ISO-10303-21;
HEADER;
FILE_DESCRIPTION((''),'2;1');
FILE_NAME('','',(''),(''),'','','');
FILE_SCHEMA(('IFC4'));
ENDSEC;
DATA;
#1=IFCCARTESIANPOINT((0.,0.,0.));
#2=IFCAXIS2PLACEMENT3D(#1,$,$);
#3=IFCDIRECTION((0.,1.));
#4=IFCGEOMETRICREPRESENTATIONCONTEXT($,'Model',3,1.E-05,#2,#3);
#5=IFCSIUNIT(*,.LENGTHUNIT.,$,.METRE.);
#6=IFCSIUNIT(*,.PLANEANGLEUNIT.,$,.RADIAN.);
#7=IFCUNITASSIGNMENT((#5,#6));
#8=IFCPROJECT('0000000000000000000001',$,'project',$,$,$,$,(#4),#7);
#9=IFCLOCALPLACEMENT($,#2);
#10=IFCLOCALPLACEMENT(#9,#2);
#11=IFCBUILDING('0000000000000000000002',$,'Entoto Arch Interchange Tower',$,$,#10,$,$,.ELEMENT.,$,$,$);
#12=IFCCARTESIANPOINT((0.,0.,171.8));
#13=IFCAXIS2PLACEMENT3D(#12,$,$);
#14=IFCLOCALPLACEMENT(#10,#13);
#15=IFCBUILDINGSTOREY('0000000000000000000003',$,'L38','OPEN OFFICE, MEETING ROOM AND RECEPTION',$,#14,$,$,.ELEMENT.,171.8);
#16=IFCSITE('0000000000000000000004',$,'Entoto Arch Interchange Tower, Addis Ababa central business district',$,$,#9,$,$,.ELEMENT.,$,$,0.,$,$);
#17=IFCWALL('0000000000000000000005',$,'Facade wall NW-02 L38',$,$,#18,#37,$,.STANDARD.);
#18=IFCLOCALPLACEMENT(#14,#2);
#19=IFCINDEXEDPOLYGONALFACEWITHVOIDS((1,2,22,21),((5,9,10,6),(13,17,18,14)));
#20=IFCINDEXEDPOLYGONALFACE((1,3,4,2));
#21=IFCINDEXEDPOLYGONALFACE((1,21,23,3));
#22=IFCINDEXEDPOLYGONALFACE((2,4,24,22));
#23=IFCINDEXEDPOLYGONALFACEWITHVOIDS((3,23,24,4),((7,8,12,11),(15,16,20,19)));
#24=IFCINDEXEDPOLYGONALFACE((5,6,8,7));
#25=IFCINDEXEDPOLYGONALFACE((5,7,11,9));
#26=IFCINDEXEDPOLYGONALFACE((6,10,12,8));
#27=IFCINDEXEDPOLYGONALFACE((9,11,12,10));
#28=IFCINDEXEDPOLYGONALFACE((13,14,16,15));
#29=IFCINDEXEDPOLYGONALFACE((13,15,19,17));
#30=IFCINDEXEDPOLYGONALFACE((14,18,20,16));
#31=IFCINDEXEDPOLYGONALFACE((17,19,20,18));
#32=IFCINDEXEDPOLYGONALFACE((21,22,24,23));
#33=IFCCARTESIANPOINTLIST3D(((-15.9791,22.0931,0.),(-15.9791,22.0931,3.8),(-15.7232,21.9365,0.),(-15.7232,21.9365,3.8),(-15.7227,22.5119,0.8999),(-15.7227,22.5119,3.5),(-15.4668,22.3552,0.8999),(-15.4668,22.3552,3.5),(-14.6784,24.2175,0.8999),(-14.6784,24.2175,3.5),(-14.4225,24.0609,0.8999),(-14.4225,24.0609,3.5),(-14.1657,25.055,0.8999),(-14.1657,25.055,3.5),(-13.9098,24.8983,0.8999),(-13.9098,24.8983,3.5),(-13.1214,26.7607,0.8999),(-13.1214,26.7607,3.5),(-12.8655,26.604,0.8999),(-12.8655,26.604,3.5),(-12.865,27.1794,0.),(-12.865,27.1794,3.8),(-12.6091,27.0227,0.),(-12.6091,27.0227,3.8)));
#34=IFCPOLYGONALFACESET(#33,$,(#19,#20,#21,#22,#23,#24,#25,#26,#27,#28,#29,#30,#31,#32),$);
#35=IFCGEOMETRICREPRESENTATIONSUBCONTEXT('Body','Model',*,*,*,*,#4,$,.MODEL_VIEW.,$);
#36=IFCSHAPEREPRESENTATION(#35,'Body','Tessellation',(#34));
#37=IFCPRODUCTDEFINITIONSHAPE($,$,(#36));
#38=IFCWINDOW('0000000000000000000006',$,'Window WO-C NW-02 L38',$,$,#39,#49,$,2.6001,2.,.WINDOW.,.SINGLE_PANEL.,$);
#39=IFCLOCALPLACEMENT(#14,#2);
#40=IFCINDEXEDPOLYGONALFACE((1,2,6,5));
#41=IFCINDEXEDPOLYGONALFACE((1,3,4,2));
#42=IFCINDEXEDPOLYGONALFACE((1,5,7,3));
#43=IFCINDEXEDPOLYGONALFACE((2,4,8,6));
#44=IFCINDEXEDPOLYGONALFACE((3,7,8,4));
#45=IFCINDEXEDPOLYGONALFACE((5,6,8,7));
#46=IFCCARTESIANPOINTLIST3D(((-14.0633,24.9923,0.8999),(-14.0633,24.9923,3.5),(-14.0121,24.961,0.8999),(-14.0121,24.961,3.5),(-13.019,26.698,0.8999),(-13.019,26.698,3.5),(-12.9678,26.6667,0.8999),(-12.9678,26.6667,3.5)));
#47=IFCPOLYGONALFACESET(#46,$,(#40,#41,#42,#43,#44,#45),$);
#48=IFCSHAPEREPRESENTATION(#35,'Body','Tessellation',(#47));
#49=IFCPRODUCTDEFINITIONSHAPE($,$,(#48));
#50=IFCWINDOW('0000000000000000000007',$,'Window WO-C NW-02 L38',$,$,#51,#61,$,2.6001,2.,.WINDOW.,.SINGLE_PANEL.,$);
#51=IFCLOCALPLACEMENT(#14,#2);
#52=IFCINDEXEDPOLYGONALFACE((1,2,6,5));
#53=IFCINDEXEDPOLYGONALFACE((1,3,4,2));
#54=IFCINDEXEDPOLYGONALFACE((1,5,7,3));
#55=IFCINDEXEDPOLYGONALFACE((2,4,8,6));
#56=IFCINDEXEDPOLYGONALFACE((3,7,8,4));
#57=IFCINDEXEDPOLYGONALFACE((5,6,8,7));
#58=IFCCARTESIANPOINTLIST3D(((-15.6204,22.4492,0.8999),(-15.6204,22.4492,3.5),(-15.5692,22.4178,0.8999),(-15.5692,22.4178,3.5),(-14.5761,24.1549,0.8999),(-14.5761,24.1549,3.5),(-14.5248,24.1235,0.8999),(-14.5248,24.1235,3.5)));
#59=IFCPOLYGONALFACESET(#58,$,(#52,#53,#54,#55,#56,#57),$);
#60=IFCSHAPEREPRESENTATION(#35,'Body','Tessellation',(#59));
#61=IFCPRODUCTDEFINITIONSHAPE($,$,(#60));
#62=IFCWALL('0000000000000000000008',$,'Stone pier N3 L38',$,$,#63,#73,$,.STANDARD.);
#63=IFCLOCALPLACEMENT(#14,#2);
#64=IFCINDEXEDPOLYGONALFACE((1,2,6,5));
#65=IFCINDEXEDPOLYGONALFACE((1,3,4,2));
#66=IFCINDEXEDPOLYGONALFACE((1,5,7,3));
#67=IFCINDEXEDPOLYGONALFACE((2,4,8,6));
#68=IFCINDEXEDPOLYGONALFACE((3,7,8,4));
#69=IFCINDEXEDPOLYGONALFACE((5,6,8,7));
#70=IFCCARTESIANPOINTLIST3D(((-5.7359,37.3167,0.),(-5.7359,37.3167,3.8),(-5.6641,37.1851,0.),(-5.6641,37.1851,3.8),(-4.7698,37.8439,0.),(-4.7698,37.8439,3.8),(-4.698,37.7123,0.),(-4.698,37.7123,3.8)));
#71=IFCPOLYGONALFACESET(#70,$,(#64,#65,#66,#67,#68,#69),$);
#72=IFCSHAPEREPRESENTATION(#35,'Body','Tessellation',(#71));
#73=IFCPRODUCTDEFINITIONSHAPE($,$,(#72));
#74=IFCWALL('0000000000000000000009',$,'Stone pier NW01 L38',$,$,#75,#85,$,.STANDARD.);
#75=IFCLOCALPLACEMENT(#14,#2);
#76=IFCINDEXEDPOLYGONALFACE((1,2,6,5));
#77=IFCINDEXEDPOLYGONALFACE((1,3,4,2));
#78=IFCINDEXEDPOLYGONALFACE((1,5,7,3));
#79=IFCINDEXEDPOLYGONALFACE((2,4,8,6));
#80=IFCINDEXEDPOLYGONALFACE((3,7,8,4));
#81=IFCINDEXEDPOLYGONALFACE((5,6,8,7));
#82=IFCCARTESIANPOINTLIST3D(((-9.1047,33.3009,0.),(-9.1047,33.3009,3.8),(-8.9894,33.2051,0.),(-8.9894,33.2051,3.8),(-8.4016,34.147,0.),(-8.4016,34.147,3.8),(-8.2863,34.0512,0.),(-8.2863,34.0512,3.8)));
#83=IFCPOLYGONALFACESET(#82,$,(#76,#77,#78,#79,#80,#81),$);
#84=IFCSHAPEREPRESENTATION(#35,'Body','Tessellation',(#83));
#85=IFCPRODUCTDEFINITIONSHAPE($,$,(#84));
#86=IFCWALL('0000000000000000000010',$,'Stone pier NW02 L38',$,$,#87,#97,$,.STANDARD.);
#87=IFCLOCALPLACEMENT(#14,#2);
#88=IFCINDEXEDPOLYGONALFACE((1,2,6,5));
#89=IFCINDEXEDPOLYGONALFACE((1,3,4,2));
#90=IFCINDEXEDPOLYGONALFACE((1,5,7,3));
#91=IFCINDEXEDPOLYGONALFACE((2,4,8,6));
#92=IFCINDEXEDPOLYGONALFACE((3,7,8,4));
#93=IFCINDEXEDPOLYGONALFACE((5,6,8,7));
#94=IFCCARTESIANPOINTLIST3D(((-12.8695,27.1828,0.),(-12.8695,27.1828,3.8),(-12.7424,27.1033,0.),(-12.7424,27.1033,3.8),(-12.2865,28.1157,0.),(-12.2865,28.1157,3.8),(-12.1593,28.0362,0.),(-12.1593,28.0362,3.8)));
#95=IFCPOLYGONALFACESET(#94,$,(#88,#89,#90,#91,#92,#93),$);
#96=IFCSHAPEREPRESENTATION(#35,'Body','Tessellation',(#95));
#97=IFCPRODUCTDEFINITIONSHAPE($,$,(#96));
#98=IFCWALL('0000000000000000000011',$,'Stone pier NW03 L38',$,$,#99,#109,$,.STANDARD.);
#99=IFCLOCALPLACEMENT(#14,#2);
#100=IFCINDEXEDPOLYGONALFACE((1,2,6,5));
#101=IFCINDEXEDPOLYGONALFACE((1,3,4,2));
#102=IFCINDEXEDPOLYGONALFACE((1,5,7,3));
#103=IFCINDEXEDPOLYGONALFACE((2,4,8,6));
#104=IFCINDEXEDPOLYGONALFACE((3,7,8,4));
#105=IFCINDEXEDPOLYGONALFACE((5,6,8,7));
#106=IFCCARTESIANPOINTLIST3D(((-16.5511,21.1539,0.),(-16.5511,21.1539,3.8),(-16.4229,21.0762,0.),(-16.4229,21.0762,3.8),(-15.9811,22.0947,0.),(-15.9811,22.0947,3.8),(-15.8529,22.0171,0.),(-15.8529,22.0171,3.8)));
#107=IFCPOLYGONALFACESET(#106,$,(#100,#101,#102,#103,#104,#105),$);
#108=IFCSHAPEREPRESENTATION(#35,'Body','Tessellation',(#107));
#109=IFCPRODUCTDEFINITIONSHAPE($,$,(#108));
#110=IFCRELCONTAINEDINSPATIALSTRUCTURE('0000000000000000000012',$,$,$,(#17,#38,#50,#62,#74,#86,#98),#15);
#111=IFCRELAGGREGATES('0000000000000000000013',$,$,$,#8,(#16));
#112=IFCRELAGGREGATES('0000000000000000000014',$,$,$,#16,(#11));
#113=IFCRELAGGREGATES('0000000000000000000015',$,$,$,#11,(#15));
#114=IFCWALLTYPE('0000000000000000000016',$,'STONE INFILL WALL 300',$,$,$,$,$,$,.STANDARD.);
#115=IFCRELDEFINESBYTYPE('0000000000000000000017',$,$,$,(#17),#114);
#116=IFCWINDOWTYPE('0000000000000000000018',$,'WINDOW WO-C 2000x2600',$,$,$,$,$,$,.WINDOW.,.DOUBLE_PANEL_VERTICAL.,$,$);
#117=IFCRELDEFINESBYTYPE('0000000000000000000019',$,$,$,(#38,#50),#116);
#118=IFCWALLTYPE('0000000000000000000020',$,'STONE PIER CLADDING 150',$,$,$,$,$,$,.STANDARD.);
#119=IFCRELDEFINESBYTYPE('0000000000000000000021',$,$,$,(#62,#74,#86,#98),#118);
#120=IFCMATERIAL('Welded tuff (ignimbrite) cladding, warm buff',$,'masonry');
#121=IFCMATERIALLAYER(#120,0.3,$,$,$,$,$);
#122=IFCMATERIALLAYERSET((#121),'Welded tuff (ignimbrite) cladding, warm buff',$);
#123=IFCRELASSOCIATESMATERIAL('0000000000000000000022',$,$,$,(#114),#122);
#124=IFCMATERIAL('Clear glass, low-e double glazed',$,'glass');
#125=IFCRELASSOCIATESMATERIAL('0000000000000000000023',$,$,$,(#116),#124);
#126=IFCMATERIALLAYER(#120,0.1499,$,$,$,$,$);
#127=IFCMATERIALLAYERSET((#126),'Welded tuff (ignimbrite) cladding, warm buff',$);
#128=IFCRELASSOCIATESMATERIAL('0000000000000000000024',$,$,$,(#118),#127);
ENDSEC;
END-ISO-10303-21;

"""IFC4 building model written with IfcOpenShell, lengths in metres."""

from ifc_helpers import new_model, si_unit, direction, frame, frame_2d, origin, place, context, subcontext, project, spatial, rectangle, extrude, material, layer, layer_set, type_object, element, fill, save


model = new_model("IFC4")

# Units and contexts
model_context = context("Model", 3, precision=1e-05, world=origin(), true_north=direction((0.0, 1.0)))
body_context = subcontext(model_context, "Body", "Model", "MODEL_VIEW")
ifc_project = project(units=[si_unit("LENGTHUNIT", "METRE"), si_unit("PLANEANGLEUNIT", "RADIAN")], contexts=[model_context])

# Site, building, storey
site_placement = place(None, origin())
site = spatial("IfcSite", under=ifc_project, at=site_placement, Name="Entoto Arch Interchange Tower, Addis Ababa central business district", CompositionType="ELEMENT", RefElevation=0.0)
building_placement = place(site_placement, origin())
building = spatial("IfcBuilding", under=site, at=building_placement, Name="Entoto Arch Interchange Tower", CompositionType="ELEMENT")
storey_placement = place(building_placement, frame((0.0, 0.0, 171.8)))
storey = spatial("IfcBuildingStorey", under=building, at=storey_placement, Name="L38", Description="OPEN OFFICE, MEETING ROOM AND RECEPTION", CompositionType="ELEMENT", Elevation=171.8)

# Shared definitions
ifc_material_1 = material(Name="Welded tuff (ignimbrite) cladding, warm buff", Category="masonry")
ifc_layer_1 = layer(ifc_material_1, 0.3)
ifc_layer_set_1 = layer_set([ifc_layer_1], Name="Welded tuff (ignimbrite) cladding, warm buff")
wall_type_1 = type_object("IfcWallType", Name="STONE INFILL WALL 300", PredefinedType="STANDARD", material=ifc_layer_set_1)
ifc_material_2 = material(Name="Clear glass, low-e double glazed", Category="glass")

# Wall, openings, windows
window_type_1 = type_object("IfcWindowType", Name="WINDOW WO-C 2000x2600", PartitioningType="DOUBLE_PANEL_VERTICAL", PredefinedType="WINDOW", material=ifc_material_2)
wall_1_placement = place(storey_placement, frame((-12.7371, 27.1011, 0.0), z_axis=(0.0, 0.0, 1.0), x_axis=(-0.522157, -0.852849, 0.0)))
wall_1 = element("IfcWall", 1, at=wall_1_placement, inside=storey, type_object=wall_type_1, Name="Facade wall NW-02 L38", PredefinedType="STANDARD", context=body_context, shape_type="SweptSolid", body=[
    extrude(rectangle(XDim=5.9639, YDim=0.3, at=frame_2d((2.9819, 0.0))), origin(), (0.0, 0.0, 1.0), 3.8),
])
opening_1_placement = place(wall_1_placement, frame((0.491, 0.0, 0.8999)))
opening_1 = element("IfcOpeningElement", 2, at=opening_1_placement, cuts=wall_1, PredefinedType="OPENING", context=body_context, shape_type="SweptSolid", body=[
    extrude(rectangle(XDim=2.0, YDim=2.6001, at=frame_2d((1.0, 1.3))), frame((0.0, 0.1602, 0.0), z_axis=(0.0, -1.0, 0.0), x_axis=(1.0, 0.0, 0.0)), (0.0, 0.0, 1.0), 0.3201),
])
opening_2_placement = place(wall_1_placement, frame((3.4729, 0.0, 0.8999)))
opening_2 = element("IfcOpeningElement", 3, at=opening_2_placement, cuts=wall_1, PredefinedType="OPENING", context=body_context, shape_type="SweptSolid", body=[
    extrude(rectangle(XDim=2.0, YDim=2.6001, at=frame_2d((1.0, 1.3))), frame((0.0, 0.1602, 0.0), z_axis=(0.0, -1.0, 0.0), x_axis=(1.0, 0.0, 0.0)), (0.0, 0.0, 1.0), 0.3201),
])
window_1_placement = place(opening_1_placement, origin())
window_1 = element("IfcWindow", 4, at=window_1_placement, inside=storey, type_object=window_type_1, Name="Window WO-C NW-02 L38", OverallHeight=2.6001, OverallWidth=2.0, PartitioningType="SINGLE_PANEL", PredefinedType="WINDOW", context=body_context, shape_type="SweptSolid", body=[
    extrude(rectangle(XDim=2.0, YDim=2.6001, at=frame_2d((1.0, 1.3))), frame((0.0, 0.03, 0.0), z_axis=(0.0, -1.0, 0.0), x_axis=(1.0, 0.0, 0.0)), (0.0, 0.0, 1.0), 0.0601),
])
fill(opening_1, window_1)
window_2_placement = place(opening_2_placement, origin())
window_2 = element("IfcWindow", 5, at=window_2_placement, inside=storey, type_object=window_type_1, Name="Window WO-C NW-02 L38", OverallHeight=2.6001, OverallWidth=2.0, PartitioningType="SINGLE_PANEL", PredefinedType="WINDOW", context=body_context, shape_type="SweptSolid", body=[
    extrude(rectangle(XDim=2.0, YDim=2.6001, at=frame_2d((1.0, 1.3))), frame((0.0, 0.03, 0.0), z_axis=(0.0, -1.0, 0.0), x_axis=(1.0, 0.0, 0.0)), (0.0, 0.0, 1.0), 0.0601),
])
fill(opening_2, window_2)

# Walls
ifc_layer_2 = layer(ifc_material_1, 0.1499)
ifc_layer_set_2 = layer_set([ifc_layer_2], Name="Welded tuff (ignimbrite) cladding, warm buff")
wall_type_2 = type_object("IfcWallType", Name="STONE PIER CLADDING 150", PredefinedType="STANDARD", material=ifc_layer_set_2)
wall_2_placement = place(storey_placement, frame((-4.7339, 37.7781, 0.0), z_axis=(0.0, 0.0, 1.0), x_axis=(-0.877836, -0.478961, 0.0)))
element("IfcWall", 6, at=wall_2_placement, inside=storey, type_object=wall_type_2, Name="Stone pier N3 L38", PredefinedType="STANDARD", context=body_context, shape_type="SweptSolid", body=[
    extrude(rectangle(XDim=1.1006, YDim=0.1499, at=frame_2d((0.5503, 0.0))), origin(), (0.0, 0.0, 1.0), 3.8),
])
for number, where, z_axis, x_axis, name in (
    (7, (-8.344, 34.0991, 0.0), (0.0, 0.0, 1.0), (-0.639092, -0.76913, 0.0), "Stone pier NW01 L38"),
    (8, (-12.2229, 28.0759, 0.0), (0.0, 0.0, 1.0), (-0.529979, -0.848011, 0.0), "Stone pier NW02 L38"),
    (9, (-15.917, 22.0559, 0.0), (0.0, 0.0, 1.0), (-0.518179, -0.855272, 0.0), "Stone pier NW03 L38"),
):
    element("IfcWall", number, at=place(storey_placement, frame(where, z_axis=z_axis, x_axis=x_axis)), inside=storey, type_object=wall_type_2, Name=name, PredefinedType="STANDARD", context=body_context, shape_type="SweptSolid", body=[
        extrude(rectangle(XDim=1.1001, YDim=0.1499, at=frame_2d((0.55, 0.0))), origin(), (0.0, 0.0, 1.0), 3.8),
    ])

save(model, "model.ifc")
